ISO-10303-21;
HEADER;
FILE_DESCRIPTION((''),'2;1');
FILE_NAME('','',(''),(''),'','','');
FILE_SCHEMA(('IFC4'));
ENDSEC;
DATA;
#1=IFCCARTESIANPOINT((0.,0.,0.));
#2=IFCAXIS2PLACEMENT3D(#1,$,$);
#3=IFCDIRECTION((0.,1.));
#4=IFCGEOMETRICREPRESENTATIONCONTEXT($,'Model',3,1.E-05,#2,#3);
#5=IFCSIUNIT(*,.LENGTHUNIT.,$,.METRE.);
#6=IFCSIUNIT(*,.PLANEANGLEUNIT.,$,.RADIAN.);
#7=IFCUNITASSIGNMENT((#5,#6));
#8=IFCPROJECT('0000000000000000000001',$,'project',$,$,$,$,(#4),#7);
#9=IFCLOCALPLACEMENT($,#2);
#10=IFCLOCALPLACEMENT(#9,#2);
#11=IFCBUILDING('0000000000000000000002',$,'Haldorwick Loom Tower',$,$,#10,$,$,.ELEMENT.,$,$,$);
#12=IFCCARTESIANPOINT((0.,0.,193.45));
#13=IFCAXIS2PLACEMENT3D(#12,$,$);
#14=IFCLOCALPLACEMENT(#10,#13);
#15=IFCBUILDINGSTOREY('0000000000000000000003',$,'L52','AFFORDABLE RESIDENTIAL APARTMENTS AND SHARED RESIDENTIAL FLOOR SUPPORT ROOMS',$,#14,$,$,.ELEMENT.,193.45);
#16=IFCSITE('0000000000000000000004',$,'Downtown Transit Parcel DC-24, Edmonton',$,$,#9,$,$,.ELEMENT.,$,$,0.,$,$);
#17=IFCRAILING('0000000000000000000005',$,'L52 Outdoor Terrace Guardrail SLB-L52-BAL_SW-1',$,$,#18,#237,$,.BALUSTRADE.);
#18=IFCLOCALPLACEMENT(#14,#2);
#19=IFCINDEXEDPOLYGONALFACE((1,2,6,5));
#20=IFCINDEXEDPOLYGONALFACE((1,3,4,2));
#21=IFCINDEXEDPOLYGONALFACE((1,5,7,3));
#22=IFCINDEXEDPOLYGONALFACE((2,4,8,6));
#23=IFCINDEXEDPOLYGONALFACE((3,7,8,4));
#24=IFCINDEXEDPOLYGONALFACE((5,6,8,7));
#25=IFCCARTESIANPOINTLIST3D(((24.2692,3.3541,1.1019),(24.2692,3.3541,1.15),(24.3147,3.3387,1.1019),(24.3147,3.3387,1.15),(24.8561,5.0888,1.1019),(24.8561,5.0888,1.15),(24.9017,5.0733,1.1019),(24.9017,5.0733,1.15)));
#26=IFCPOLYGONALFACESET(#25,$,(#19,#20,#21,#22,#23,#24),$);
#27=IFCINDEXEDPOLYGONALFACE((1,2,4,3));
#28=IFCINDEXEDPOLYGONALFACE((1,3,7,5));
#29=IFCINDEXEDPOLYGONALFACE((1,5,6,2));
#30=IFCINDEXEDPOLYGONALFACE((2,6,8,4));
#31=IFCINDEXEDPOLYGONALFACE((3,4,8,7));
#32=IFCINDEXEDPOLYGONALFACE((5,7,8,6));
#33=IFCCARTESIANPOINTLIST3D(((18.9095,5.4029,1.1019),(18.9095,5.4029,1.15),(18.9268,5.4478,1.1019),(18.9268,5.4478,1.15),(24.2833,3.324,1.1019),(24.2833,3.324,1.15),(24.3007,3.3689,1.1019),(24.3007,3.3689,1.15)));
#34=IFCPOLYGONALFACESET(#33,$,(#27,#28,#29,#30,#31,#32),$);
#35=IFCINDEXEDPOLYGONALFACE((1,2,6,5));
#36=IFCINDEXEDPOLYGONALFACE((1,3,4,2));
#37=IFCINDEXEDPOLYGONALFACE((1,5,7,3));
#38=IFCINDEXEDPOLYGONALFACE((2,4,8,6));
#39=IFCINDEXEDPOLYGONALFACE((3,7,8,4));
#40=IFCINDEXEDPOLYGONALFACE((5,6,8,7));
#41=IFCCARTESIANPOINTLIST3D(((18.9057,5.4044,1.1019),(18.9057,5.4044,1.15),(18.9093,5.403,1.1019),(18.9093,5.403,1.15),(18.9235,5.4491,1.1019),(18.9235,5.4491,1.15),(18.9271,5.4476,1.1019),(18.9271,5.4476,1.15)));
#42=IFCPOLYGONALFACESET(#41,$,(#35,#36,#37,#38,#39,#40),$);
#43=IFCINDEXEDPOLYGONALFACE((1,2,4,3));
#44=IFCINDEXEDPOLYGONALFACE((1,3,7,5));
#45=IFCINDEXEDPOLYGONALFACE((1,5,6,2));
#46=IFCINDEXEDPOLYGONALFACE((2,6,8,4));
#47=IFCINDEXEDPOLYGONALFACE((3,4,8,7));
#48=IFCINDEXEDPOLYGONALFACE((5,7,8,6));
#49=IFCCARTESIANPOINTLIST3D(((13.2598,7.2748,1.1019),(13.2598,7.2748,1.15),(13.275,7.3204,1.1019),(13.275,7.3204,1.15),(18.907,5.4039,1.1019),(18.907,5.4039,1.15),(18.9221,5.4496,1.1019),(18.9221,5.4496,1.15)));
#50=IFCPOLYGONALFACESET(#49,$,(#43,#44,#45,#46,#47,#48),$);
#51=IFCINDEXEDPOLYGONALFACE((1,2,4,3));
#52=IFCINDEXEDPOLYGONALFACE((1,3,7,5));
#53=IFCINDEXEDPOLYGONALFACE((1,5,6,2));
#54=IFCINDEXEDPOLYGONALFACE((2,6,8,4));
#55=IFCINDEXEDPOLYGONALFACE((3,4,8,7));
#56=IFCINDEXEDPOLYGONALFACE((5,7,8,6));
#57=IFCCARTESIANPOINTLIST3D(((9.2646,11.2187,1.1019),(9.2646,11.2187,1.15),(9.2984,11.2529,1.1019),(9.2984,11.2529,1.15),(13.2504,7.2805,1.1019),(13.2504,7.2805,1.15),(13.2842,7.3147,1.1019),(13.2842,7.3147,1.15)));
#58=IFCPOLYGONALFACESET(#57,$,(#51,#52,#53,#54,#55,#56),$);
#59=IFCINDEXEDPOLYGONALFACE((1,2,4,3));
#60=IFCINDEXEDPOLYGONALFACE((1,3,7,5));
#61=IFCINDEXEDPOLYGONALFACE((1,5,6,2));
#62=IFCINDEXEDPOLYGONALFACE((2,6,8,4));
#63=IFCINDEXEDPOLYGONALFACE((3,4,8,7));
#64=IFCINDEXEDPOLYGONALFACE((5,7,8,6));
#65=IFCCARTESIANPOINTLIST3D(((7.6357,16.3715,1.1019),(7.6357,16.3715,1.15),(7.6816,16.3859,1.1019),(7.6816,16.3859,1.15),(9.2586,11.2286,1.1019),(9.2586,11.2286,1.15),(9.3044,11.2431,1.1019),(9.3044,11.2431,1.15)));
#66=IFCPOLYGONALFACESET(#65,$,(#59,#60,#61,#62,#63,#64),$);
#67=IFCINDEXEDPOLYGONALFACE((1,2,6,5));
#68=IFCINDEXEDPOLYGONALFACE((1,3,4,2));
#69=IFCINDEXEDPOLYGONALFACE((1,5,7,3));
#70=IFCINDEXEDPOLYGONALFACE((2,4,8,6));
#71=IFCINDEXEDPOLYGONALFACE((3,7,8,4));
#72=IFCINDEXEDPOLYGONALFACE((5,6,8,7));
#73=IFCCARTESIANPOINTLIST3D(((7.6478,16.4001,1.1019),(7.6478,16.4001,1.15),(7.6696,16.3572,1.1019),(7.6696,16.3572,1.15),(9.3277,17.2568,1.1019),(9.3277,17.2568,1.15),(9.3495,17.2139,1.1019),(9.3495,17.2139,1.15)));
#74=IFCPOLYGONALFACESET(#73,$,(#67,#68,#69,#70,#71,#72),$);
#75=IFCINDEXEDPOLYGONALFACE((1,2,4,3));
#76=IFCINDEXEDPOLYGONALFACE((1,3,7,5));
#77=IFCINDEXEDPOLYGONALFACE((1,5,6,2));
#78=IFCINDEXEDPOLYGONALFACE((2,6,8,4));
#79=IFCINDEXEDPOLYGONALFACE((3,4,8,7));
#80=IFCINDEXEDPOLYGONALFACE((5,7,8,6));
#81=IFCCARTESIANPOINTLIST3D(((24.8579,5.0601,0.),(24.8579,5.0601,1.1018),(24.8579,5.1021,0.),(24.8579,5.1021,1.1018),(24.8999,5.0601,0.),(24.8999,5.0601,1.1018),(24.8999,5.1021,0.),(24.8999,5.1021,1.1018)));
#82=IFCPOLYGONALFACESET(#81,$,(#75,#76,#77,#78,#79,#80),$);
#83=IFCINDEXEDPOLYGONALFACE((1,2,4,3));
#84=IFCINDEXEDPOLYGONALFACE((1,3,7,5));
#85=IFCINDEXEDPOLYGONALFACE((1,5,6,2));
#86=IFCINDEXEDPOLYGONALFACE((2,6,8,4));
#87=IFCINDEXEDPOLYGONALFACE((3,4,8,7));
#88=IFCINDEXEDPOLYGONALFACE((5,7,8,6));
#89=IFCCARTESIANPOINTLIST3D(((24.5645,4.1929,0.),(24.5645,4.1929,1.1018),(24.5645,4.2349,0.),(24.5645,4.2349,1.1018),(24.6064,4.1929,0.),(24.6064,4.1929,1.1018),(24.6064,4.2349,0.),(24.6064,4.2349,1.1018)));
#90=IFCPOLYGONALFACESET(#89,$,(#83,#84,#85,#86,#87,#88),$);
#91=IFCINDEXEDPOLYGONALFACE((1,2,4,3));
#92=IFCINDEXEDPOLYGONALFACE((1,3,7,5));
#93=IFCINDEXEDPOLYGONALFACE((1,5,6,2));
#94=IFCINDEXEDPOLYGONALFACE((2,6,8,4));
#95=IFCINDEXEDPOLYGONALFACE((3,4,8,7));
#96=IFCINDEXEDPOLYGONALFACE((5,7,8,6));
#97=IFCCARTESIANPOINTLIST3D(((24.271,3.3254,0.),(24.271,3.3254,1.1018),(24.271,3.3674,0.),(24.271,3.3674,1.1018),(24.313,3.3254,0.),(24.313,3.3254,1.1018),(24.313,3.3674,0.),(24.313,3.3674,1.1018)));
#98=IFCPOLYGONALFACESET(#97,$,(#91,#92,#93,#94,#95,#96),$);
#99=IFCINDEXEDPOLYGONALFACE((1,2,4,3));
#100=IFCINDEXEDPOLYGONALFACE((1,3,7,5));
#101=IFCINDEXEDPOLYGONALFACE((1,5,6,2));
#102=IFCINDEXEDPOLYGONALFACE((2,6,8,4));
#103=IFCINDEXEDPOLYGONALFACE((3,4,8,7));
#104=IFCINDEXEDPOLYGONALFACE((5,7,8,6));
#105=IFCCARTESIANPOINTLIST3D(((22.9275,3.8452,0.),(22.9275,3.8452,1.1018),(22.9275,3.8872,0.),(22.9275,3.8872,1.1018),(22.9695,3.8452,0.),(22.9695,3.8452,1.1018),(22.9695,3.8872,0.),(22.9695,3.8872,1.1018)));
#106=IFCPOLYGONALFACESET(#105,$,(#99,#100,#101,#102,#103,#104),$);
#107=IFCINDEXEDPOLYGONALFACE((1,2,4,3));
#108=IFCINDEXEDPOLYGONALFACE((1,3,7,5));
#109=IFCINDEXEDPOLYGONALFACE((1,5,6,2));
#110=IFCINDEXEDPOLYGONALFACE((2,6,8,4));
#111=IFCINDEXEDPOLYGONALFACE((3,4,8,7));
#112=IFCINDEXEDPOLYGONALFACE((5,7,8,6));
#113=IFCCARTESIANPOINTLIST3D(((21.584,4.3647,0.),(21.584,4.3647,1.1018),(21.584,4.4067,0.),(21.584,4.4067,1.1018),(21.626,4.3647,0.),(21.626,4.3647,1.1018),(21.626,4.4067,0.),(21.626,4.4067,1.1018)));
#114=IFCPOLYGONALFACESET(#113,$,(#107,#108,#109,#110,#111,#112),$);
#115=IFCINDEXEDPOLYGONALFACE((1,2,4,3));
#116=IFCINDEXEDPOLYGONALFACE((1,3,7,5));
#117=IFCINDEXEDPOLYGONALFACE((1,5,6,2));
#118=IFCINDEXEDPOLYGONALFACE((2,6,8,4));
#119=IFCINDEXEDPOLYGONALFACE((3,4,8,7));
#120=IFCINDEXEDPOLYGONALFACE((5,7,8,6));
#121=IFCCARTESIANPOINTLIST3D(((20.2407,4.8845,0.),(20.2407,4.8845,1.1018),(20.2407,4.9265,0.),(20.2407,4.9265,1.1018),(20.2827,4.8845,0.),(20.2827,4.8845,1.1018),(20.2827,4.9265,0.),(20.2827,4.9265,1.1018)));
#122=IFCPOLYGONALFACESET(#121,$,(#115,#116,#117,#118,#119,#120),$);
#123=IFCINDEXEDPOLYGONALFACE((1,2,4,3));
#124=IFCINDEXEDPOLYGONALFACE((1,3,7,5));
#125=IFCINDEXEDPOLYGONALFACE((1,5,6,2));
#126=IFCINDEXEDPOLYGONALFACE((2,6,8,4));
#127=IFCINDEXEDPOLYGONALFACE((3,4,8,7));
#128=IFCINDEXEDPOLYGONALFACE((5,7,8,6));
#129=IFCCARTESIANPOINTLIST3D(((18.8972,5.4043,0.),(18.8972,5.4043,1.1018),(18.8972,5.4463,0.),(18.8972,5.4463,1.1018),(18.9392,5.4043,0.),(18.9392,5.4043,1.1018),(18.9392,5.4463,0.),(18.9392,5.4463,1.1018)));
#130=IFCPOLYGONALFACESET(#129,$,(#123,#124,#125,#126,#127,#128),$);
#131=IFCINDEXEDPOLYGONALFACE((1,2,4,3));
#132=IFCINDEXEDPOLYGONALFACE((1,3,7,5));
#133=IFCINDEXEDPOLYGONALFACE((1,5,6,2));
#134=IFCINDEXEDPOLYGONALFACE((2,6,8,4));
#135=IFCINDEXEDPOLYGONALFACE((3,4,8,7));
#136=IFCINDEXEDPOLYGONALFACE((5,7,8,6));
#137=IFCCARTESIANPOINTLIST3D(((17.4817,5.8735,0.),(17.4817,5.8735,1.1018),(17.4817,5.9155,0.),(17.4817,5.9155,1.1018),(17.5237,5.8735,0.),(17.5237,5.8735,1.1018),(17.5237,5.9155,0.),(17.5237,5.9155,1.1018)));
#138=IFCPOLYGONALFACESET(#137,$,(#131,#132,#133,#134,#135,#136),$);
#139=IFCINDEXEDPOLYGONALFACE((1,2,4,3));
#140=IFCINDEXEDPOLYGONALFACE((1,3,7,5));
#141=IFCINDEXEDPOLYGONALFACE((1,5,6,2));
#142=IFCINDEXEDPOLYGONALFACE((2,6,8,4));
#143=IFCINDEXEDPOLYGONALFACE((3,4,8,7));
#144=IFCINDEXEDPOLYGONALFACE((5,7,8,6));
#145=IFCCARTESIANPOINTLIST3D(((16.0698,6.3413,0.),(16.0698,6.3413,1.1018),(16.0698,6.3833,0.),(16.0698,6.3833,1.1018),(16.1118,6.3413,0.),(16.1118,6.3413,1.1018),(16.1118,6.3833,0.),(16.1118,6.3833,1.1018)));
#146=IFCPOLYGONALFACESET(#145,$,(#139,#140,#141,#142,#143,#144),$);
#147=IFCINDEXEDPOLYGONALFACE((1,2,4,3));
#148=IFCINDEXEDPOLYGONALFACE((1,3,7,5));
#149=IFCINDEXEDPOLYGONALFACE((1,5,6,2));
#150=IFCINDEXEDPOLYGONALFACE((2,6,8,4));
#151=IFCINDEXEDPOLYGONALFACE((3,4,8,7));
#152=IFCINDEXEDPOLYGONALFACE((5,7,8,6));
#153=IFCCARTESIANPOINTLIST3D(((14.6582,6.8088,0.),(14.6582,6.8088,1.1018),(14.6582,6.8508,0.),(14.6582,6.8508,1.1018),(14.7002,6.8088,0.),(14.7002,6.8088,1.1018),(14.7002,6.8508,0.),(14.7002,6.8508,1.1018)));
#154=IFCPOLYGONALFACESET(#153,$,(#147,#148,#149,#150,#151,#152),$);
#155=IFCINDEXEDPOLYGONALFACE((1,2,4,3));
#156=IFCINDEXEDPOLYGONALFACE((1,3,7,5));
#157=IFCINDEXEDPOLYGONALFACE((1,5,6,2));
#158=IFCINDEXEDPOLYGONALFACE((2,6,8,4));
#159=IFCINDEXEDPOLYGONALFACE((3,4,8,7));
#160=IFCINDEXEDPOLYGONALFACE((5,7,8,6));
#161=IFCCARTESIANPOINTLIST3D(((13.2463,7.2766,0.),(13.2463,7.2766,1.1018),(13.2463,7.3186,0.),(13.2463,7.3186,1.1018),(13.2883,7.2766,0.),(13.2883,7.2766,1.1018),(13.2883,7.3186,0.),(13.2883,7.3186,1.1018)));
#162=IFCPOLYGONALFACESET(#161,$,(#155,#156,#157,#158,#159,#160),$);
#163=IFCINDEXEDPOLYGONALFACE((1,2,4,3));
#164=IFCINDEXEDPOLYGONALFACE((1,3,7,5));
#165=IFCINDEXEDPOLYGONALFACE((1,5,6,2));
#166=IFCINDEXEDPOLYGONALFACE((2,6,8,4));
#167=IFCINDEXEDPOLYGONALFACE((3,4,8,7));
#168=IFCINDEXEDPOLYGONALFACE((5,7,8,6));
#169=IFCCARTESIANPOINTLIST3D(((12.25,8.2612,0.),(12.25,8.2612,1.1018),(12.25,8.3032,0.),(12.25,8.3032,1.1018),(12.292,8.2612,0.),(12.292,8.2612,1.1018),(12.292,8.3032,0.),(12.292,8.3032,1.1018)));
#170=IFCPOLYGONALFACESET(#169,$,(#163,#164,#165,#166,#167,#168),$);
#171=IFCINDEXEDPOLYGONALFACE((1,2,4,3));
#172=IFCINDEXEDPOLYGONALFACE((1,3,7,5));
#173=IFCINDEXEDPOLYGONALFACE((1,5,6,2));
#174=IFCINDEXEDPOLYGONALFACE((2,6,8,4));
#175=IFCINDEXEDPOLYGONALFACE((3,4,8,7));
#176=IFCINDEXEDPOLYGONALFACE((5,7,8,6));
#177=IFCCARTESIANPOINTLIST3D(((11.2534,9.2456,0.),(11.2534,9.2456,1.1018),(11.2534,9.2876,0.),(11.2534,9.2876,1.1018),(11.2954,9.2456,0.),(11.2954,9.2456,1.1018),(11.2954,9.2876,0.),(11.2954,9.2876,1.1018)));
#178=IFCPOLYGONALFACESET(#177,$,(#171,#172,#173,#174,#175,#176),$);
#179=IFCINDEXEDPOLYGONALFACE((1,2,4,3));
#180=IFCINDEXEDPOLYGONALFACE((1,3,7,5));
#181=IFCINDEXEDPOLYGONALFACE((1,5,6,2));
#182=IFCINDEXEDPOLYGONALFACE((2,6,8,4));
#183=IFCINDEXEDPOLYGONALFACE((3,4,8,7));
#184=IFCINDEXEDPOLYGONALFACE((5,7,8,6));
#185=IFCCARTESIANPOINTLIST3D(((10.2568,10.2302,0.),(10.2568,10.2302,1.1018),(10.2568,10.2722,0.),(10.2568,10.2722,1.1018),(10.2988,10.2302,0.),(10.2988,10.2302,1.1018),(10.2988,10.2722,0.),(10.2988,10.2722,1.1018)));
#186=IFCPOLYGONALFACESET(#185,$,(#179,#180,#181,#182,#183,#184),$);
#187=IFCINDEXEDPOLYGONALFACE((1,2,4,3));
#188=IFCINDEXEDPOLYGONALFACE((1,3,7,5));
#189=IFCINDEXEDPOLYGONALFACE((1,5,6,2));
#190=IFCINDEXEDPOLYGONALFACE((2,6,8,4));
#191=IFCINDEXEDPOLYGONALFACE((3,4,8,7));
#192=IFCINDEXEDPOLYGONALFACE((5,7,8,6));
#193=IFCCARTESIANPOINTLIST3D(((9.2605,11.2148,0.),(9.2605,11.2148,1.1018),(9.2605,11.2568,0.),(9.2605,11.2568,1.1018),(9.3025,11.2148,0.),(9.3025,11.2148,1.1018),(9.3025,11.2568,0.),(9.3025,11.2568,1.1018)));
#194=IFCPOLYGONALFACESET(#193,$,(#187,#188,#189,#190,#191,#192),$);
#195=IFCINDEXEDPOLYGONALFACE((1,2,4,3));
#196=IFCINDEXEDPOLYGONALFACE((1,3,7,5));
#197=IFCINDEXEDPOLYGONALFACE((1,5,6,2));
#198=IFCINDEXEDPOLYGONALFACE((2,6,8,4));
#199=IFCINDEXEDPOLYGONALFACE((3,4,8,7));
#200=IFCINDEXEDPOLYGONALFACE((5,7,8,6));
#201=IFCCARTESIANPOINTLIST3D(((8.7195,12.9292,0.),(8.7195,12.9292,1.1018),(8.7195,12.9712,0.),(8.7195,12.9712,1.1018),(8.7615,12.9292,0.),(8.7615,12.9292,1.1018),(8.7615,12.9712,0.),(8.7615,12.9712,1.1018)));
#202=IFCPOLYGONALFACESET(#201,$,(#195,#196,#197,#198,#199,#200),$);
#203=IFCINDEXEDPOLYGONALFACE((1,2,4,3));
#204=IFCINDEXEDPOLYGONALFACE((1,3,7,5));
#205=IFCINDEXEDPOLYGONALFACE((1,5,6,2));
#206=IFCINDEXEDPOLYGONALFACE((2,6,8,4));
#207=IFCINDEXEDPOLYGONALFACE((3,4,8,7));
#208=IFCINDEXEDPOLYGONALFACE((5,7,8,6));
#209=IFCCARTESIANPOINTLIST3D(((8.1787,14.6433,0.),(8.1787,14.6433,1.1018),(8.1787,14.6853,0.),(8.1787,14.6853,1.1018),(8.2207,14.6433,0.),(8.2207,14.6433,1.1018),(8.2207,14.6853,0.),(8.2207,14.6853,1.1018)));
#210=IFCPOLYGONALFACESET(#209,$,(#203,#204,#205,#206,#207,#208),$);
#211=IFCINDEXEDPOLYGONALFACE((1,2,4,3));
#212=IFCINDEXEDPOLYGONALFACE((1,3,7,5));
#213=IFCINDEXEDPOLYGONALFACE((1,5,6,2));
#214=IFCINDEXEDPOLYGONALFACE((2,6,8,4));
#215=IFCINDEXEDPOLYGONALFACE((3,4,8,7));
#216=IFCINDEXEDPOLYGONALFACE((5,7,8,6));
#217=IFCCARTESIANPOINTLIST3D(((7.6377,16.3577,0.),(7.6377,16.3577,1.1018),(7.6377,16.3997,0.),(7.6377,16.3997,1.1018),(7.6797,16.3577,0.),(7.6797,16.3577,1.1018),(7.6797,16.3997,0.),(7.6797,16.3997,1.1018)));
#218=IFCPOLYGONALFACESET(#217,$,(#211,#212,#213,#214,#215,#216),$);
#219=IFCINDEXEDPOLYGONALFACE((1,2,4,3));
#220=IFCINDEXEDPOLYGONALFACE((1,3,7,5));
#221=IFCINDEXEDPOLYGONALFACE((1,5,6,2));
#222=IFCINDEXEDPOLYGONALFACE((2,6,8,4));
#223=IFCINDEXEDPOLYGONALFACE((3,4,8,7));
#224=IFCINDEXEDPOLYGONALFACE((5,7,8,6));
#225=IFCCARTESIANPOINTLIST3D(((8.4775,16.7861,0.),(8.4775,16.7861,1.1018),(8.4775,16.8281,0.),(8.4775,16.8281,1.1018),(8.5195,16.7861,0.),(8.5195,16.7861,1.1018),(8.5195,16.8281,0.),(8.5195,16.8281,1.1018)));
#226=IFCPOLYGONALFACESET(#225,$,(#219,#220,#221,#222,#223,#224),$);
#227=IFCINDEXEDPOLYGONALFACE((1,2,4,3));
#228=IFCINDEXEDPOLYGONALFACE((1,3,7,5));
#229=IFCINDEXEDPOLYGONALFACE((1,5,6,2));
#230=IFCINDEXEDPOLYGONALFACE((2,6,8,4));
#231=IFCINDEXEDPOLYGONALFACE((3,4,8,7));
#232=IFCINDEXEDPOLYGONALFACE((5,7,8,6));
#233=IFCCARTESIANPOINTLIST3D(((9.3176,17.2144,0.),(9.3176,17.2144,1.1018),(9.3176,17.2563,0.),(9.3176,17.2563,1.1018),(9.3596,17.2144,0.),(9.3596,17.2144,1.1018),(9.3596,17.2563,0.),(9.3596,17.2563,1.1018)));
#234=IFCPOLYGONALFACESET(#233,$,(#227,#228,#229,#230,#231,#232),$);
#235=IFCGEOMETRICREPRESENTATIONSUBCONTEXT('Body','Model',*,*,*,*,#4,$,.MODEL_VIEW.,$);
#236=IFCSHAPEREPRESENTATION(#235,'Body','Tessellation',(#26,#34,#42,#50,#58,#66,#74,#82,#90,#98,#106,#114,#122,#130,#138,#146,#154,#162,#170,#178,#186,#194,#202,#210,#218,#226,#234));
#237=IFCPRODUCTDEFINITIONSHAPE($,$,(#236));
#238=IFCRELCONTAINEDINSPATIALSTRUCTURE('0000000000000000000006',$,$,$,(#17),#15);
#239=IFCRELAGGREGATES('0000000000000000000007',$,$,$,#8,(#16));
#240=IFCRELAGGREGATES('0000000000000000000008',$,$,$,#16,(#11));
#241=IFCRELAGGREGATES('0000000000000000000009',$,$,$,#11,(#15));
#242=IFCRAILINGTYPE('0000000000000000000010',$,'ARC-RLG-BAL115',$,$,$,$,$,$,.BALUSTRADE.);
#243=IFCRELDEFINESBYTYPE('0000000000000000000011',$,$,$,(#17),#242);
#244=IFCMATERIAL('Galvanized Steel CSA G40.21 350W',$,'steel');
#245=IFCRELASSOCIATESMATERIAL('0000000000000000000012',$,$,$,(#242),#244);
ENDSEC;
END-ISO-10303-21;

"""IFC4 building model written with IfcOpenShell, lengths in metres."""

from ifc_helpers import new_model, si_unit, direction, frame, origin, origin_2d, place, context, subcontext, project, spatial, rectangle, extrude, material, type_object, element, save


model = new_model("IFC4")

# Units and contexts
model_context = context("Model", 3, precision=1e-05, world=origin(), true_north=direction((0.0, 1.0)))
body_context = subcontext(model_context, "Body", "Model", "MODEL_VIEW")
ifc_project = project(units=[si_unit("LENGTHUNIT", "METRE"), si_unit("PLANEANGLEUNIT", "RADIAN")], contexts=[model_context])

# Site, building, storey
site_placement = place(None, origin())
site = spatial("IfcSite", under=ifc_project, at=site_placement, Name="Downtown Transit Parcel DC-24, Edmonton", CompositionType="ELEMENT", RefElevation=0.0)
building_placement = place(site_placement, origin())
building = spatial("IfcBuilding", under=site, at=building_placement, Name="Haldorwick Loom Tower", CompositionType="ELEMENT")
storey_placement = place(building_placement, frame((0.0, 0.0, 193.45)))
storey = spatial("IfcBuildingStorey", under=building, at=storey_placement, Name="L52", Description="AFFORDABLE RESIDENTIAL APARTMENTS AND SHARED RESIDENTIAL FLOOR SUPPORT ROOMS", CompositionType="ELEMENT", Elevation=193.45)

# Railing
ifc_material_1 = material(Name="Galvanized Steel CSA G40.21 350W", Category="steel")
railing_type = type_object("IfcRailingType", Name="ARC-RLG-BAL115", PredefinedType="BALUSTRADE", material=ifc_material_1)
railing_placement = place(storey_placement, frame((24.8789, 5.0811, 0.0)))
element("IfcRailing", 1, at=railing_placement, inside=storey, type_object=railing_type, Name="L52 Outdoor Terrace Guardrail SLB-L52-BAL_SW-1", PredefinedType="BALUSTRADE", context=body_context, shape_type="SweptSolid", body=[
    extrude(rectangle(XDim=0.0481, YDim=0.0481, at=origin_2d()), frame((0.0, 0.0, 1.126), z_axis=(-0.320504, -0.947247, 0.0), x_axis=(0.947247, -0.320504, 0.0)), (0.0, 0.0, 1.0), 1.8313),
    extrude(rectangle(XDim=0.0481, YDim=0.0481, at=origin_2d()), frame((-0.5869, -1.7346, 1.126), z_axis=(-0.932645, 0.360796, 0.0), x_axis=(-0.360796, -0.932645, 0.0)), (0.0, 0.0, 1.0), 5.762),
    extrude(rectangle(XDim=0.0481, YDim=0.0481, at=origin_2d()), frame((-5.9607, 0.3442, 1.126), z_axis=(-0.928477, 0.371391, 0.0), x_axis=(-0.371391, -0.928477, 0.0)), (0.0, 0.0, 1.0), 0.0039),
    extrude(rectangle(XDim=0.0481, YDim=0.0481, at=origin_2d()), frame((-5.9644, 0.3457, 1.126), z_axis=(-0.949264, 0.314479, 0.0), x_axis=(-0.314479, -0.949264, 0.0)), (0.0, 0.0, 1.0), 5.949),
    extrude(rectangle(XDim=0.0481, YDim=0.0481, at=origin_2d()), frame((-11.6116, 2.2166, 1.126), z_axis=(-0.711342, 0.702846, 0.0), x_axis=(-0.702846, -0.711342, 0.0)), (0.0, 0.0, 1.0), 5.6033),
    extrude(rectangle(XDim=0.0481, YDim=0.0481, at=origin_2d()), frame((-15.5974, 6.1548, 1.126), z_axis=(-0.300921, 0.953649, 0.0), x_axis=(-0.953649, -0.300921, 0.0)), (0.0, 0.0, 1.0), 5.3928),
    extrude(rectangle(XDim=0.0481, YDim=0.0481, at=origin_2d()), frame((-17.2202, 11.2976, 1.126), z_axis=(0.890852, 0.454294, 0.0), x_axis=(-0.454294, 0.890852, 0.0)), (0.0, 0.0, 1.0), 1.8857),
    extrude(rectangle(XDim=0.042, YDim=0.042, at=origin_2d()), origin(), (0.0, 0.0, 1.0), 1.1018),
    extrude(rectangle(XDim=0.042, YDim=0.042, at=origin_2d()), frame((-0.2935, -0.8672, 0.0)), (0.0, 0.0, 1.0), 1.1018),
    extrude(rectangle(XDim=0.042, YDim=0.042, at=origin_2d()), frame((-0.5869, -1.7346, 0.0)), (0.0, 0.0, 1.0), 1.1018),
    extrude(rectangle(XDim=0.042, YDim=0.042, at=origin_2d()), frame((-1.9304, -1.2148, 0.0)), (0.0, 0.0, 1.0), 1.1018),
    extrude(rectangle(XDim=0.042, YDim=0.042, at=origin_2d()), frame((-3.2739, -0.6953, 0.0)), (0.0, 0.0, 1.0), 1.1018),
    extrude(rectangle(XDim=0.042, YDim=0.042, at=origin_2d()), frame((-4.6172, -0.1755, 0.0)), (0.0, 0.0, 1.0), 1.1018),
    extrude(rectangle(XDim=0.042, YDim=0.042, at=origin_2d()), frame((-5.9607, 0.3442, 0.0)), (0.0, 0.0, 1.0), 1.1018),
    extrude(rectangle(XDim=0.042, YDim=0.042, at=origin_2d()), frame((-7.3762, 0.8135, 0.0)), (0.0, 0.0, 1.0), 1.1018),
    extrude(rectangle(XDim=0.042, YDim=0.042, at=origin_2d()), frame((-8.7881, 1.2812, 0.0)), (0.0, 0.0, 1.0), 1.1018),
    extrude(rectangle(XDim=0.042, YDim=0.042, at=origin_2d()), frame((-10.1997, 1.7488, 0.0)), (0.0, 0.0, 1.0), 1.1018),
    extrude(rectangle(XDim=0.042, YDim=0.042, at=origin_2d()), frame((-11.6116, 2.2166, 0.0)), (0.0, 0.0, 1.0), 1.1018),
    extrude(rectangle(XDim=0.042, YDim=0.042, at=origin_2d()), frame((-12.6079, 3.2012, 0.0)), (0.0, 0.0, 1.0), 1.1018),
    extrude(rectangle(XDim=0.042, YDim=0.042, at=origin_2d()), frame((-13.6045, 4.1855, 0.0)), (0.0, 0.0, 1.0), 1.1018),
    extrude(rectangle(XDim=0.042, YDim=0.042, at=origin_2d()), frame((-14.6011, 5.1702, 0.0)), (0.0, 0.0, 1.0), 1.1018),
    extrude(rectangle(XDim=0.042, YDim=0.042, at=origin_2d()), frame((-15.5974, 6.1548, 0.0)), (0.0, 0.0, 1.0), 1.1018),
    extrude(rectangle(XDim=0.042, YDim=0.042, at=origin_2d()), frame((-16.1384, 7.8691, 0.0)), (0.0, 0.0, 1.0), 1.1018),
    extrude(rectangle(XDim=0.042, YDim=0.042, at=origin_2d()), frame((-16.6792, 9.5833, 0.0)), (0.0, 0.0, 1.0), 1.1018),
    extrude(rectangle(XDim=0.042, YDim=0.042, at=origin_2d()), frame((-17.2202, 11.2976, 0.0)), (0.0, 0.0, 1.0), 1.1018),
    extrude(rectangle(XDim=0.042, YDim=0.042, at=origin_2d()), frame((-16.3804, 11.7261, 0.0)), (0.0, 0.0, 1.0), 1.1018),
    extrude(rectangle(XDim=0.042, YDim=0.042, at=origin_2d()), frame((-15.5403, 12.1543, 0.0)), (0.0, 0.0, 1.0), 1.1018),
])

save(model, "model.ifc")
